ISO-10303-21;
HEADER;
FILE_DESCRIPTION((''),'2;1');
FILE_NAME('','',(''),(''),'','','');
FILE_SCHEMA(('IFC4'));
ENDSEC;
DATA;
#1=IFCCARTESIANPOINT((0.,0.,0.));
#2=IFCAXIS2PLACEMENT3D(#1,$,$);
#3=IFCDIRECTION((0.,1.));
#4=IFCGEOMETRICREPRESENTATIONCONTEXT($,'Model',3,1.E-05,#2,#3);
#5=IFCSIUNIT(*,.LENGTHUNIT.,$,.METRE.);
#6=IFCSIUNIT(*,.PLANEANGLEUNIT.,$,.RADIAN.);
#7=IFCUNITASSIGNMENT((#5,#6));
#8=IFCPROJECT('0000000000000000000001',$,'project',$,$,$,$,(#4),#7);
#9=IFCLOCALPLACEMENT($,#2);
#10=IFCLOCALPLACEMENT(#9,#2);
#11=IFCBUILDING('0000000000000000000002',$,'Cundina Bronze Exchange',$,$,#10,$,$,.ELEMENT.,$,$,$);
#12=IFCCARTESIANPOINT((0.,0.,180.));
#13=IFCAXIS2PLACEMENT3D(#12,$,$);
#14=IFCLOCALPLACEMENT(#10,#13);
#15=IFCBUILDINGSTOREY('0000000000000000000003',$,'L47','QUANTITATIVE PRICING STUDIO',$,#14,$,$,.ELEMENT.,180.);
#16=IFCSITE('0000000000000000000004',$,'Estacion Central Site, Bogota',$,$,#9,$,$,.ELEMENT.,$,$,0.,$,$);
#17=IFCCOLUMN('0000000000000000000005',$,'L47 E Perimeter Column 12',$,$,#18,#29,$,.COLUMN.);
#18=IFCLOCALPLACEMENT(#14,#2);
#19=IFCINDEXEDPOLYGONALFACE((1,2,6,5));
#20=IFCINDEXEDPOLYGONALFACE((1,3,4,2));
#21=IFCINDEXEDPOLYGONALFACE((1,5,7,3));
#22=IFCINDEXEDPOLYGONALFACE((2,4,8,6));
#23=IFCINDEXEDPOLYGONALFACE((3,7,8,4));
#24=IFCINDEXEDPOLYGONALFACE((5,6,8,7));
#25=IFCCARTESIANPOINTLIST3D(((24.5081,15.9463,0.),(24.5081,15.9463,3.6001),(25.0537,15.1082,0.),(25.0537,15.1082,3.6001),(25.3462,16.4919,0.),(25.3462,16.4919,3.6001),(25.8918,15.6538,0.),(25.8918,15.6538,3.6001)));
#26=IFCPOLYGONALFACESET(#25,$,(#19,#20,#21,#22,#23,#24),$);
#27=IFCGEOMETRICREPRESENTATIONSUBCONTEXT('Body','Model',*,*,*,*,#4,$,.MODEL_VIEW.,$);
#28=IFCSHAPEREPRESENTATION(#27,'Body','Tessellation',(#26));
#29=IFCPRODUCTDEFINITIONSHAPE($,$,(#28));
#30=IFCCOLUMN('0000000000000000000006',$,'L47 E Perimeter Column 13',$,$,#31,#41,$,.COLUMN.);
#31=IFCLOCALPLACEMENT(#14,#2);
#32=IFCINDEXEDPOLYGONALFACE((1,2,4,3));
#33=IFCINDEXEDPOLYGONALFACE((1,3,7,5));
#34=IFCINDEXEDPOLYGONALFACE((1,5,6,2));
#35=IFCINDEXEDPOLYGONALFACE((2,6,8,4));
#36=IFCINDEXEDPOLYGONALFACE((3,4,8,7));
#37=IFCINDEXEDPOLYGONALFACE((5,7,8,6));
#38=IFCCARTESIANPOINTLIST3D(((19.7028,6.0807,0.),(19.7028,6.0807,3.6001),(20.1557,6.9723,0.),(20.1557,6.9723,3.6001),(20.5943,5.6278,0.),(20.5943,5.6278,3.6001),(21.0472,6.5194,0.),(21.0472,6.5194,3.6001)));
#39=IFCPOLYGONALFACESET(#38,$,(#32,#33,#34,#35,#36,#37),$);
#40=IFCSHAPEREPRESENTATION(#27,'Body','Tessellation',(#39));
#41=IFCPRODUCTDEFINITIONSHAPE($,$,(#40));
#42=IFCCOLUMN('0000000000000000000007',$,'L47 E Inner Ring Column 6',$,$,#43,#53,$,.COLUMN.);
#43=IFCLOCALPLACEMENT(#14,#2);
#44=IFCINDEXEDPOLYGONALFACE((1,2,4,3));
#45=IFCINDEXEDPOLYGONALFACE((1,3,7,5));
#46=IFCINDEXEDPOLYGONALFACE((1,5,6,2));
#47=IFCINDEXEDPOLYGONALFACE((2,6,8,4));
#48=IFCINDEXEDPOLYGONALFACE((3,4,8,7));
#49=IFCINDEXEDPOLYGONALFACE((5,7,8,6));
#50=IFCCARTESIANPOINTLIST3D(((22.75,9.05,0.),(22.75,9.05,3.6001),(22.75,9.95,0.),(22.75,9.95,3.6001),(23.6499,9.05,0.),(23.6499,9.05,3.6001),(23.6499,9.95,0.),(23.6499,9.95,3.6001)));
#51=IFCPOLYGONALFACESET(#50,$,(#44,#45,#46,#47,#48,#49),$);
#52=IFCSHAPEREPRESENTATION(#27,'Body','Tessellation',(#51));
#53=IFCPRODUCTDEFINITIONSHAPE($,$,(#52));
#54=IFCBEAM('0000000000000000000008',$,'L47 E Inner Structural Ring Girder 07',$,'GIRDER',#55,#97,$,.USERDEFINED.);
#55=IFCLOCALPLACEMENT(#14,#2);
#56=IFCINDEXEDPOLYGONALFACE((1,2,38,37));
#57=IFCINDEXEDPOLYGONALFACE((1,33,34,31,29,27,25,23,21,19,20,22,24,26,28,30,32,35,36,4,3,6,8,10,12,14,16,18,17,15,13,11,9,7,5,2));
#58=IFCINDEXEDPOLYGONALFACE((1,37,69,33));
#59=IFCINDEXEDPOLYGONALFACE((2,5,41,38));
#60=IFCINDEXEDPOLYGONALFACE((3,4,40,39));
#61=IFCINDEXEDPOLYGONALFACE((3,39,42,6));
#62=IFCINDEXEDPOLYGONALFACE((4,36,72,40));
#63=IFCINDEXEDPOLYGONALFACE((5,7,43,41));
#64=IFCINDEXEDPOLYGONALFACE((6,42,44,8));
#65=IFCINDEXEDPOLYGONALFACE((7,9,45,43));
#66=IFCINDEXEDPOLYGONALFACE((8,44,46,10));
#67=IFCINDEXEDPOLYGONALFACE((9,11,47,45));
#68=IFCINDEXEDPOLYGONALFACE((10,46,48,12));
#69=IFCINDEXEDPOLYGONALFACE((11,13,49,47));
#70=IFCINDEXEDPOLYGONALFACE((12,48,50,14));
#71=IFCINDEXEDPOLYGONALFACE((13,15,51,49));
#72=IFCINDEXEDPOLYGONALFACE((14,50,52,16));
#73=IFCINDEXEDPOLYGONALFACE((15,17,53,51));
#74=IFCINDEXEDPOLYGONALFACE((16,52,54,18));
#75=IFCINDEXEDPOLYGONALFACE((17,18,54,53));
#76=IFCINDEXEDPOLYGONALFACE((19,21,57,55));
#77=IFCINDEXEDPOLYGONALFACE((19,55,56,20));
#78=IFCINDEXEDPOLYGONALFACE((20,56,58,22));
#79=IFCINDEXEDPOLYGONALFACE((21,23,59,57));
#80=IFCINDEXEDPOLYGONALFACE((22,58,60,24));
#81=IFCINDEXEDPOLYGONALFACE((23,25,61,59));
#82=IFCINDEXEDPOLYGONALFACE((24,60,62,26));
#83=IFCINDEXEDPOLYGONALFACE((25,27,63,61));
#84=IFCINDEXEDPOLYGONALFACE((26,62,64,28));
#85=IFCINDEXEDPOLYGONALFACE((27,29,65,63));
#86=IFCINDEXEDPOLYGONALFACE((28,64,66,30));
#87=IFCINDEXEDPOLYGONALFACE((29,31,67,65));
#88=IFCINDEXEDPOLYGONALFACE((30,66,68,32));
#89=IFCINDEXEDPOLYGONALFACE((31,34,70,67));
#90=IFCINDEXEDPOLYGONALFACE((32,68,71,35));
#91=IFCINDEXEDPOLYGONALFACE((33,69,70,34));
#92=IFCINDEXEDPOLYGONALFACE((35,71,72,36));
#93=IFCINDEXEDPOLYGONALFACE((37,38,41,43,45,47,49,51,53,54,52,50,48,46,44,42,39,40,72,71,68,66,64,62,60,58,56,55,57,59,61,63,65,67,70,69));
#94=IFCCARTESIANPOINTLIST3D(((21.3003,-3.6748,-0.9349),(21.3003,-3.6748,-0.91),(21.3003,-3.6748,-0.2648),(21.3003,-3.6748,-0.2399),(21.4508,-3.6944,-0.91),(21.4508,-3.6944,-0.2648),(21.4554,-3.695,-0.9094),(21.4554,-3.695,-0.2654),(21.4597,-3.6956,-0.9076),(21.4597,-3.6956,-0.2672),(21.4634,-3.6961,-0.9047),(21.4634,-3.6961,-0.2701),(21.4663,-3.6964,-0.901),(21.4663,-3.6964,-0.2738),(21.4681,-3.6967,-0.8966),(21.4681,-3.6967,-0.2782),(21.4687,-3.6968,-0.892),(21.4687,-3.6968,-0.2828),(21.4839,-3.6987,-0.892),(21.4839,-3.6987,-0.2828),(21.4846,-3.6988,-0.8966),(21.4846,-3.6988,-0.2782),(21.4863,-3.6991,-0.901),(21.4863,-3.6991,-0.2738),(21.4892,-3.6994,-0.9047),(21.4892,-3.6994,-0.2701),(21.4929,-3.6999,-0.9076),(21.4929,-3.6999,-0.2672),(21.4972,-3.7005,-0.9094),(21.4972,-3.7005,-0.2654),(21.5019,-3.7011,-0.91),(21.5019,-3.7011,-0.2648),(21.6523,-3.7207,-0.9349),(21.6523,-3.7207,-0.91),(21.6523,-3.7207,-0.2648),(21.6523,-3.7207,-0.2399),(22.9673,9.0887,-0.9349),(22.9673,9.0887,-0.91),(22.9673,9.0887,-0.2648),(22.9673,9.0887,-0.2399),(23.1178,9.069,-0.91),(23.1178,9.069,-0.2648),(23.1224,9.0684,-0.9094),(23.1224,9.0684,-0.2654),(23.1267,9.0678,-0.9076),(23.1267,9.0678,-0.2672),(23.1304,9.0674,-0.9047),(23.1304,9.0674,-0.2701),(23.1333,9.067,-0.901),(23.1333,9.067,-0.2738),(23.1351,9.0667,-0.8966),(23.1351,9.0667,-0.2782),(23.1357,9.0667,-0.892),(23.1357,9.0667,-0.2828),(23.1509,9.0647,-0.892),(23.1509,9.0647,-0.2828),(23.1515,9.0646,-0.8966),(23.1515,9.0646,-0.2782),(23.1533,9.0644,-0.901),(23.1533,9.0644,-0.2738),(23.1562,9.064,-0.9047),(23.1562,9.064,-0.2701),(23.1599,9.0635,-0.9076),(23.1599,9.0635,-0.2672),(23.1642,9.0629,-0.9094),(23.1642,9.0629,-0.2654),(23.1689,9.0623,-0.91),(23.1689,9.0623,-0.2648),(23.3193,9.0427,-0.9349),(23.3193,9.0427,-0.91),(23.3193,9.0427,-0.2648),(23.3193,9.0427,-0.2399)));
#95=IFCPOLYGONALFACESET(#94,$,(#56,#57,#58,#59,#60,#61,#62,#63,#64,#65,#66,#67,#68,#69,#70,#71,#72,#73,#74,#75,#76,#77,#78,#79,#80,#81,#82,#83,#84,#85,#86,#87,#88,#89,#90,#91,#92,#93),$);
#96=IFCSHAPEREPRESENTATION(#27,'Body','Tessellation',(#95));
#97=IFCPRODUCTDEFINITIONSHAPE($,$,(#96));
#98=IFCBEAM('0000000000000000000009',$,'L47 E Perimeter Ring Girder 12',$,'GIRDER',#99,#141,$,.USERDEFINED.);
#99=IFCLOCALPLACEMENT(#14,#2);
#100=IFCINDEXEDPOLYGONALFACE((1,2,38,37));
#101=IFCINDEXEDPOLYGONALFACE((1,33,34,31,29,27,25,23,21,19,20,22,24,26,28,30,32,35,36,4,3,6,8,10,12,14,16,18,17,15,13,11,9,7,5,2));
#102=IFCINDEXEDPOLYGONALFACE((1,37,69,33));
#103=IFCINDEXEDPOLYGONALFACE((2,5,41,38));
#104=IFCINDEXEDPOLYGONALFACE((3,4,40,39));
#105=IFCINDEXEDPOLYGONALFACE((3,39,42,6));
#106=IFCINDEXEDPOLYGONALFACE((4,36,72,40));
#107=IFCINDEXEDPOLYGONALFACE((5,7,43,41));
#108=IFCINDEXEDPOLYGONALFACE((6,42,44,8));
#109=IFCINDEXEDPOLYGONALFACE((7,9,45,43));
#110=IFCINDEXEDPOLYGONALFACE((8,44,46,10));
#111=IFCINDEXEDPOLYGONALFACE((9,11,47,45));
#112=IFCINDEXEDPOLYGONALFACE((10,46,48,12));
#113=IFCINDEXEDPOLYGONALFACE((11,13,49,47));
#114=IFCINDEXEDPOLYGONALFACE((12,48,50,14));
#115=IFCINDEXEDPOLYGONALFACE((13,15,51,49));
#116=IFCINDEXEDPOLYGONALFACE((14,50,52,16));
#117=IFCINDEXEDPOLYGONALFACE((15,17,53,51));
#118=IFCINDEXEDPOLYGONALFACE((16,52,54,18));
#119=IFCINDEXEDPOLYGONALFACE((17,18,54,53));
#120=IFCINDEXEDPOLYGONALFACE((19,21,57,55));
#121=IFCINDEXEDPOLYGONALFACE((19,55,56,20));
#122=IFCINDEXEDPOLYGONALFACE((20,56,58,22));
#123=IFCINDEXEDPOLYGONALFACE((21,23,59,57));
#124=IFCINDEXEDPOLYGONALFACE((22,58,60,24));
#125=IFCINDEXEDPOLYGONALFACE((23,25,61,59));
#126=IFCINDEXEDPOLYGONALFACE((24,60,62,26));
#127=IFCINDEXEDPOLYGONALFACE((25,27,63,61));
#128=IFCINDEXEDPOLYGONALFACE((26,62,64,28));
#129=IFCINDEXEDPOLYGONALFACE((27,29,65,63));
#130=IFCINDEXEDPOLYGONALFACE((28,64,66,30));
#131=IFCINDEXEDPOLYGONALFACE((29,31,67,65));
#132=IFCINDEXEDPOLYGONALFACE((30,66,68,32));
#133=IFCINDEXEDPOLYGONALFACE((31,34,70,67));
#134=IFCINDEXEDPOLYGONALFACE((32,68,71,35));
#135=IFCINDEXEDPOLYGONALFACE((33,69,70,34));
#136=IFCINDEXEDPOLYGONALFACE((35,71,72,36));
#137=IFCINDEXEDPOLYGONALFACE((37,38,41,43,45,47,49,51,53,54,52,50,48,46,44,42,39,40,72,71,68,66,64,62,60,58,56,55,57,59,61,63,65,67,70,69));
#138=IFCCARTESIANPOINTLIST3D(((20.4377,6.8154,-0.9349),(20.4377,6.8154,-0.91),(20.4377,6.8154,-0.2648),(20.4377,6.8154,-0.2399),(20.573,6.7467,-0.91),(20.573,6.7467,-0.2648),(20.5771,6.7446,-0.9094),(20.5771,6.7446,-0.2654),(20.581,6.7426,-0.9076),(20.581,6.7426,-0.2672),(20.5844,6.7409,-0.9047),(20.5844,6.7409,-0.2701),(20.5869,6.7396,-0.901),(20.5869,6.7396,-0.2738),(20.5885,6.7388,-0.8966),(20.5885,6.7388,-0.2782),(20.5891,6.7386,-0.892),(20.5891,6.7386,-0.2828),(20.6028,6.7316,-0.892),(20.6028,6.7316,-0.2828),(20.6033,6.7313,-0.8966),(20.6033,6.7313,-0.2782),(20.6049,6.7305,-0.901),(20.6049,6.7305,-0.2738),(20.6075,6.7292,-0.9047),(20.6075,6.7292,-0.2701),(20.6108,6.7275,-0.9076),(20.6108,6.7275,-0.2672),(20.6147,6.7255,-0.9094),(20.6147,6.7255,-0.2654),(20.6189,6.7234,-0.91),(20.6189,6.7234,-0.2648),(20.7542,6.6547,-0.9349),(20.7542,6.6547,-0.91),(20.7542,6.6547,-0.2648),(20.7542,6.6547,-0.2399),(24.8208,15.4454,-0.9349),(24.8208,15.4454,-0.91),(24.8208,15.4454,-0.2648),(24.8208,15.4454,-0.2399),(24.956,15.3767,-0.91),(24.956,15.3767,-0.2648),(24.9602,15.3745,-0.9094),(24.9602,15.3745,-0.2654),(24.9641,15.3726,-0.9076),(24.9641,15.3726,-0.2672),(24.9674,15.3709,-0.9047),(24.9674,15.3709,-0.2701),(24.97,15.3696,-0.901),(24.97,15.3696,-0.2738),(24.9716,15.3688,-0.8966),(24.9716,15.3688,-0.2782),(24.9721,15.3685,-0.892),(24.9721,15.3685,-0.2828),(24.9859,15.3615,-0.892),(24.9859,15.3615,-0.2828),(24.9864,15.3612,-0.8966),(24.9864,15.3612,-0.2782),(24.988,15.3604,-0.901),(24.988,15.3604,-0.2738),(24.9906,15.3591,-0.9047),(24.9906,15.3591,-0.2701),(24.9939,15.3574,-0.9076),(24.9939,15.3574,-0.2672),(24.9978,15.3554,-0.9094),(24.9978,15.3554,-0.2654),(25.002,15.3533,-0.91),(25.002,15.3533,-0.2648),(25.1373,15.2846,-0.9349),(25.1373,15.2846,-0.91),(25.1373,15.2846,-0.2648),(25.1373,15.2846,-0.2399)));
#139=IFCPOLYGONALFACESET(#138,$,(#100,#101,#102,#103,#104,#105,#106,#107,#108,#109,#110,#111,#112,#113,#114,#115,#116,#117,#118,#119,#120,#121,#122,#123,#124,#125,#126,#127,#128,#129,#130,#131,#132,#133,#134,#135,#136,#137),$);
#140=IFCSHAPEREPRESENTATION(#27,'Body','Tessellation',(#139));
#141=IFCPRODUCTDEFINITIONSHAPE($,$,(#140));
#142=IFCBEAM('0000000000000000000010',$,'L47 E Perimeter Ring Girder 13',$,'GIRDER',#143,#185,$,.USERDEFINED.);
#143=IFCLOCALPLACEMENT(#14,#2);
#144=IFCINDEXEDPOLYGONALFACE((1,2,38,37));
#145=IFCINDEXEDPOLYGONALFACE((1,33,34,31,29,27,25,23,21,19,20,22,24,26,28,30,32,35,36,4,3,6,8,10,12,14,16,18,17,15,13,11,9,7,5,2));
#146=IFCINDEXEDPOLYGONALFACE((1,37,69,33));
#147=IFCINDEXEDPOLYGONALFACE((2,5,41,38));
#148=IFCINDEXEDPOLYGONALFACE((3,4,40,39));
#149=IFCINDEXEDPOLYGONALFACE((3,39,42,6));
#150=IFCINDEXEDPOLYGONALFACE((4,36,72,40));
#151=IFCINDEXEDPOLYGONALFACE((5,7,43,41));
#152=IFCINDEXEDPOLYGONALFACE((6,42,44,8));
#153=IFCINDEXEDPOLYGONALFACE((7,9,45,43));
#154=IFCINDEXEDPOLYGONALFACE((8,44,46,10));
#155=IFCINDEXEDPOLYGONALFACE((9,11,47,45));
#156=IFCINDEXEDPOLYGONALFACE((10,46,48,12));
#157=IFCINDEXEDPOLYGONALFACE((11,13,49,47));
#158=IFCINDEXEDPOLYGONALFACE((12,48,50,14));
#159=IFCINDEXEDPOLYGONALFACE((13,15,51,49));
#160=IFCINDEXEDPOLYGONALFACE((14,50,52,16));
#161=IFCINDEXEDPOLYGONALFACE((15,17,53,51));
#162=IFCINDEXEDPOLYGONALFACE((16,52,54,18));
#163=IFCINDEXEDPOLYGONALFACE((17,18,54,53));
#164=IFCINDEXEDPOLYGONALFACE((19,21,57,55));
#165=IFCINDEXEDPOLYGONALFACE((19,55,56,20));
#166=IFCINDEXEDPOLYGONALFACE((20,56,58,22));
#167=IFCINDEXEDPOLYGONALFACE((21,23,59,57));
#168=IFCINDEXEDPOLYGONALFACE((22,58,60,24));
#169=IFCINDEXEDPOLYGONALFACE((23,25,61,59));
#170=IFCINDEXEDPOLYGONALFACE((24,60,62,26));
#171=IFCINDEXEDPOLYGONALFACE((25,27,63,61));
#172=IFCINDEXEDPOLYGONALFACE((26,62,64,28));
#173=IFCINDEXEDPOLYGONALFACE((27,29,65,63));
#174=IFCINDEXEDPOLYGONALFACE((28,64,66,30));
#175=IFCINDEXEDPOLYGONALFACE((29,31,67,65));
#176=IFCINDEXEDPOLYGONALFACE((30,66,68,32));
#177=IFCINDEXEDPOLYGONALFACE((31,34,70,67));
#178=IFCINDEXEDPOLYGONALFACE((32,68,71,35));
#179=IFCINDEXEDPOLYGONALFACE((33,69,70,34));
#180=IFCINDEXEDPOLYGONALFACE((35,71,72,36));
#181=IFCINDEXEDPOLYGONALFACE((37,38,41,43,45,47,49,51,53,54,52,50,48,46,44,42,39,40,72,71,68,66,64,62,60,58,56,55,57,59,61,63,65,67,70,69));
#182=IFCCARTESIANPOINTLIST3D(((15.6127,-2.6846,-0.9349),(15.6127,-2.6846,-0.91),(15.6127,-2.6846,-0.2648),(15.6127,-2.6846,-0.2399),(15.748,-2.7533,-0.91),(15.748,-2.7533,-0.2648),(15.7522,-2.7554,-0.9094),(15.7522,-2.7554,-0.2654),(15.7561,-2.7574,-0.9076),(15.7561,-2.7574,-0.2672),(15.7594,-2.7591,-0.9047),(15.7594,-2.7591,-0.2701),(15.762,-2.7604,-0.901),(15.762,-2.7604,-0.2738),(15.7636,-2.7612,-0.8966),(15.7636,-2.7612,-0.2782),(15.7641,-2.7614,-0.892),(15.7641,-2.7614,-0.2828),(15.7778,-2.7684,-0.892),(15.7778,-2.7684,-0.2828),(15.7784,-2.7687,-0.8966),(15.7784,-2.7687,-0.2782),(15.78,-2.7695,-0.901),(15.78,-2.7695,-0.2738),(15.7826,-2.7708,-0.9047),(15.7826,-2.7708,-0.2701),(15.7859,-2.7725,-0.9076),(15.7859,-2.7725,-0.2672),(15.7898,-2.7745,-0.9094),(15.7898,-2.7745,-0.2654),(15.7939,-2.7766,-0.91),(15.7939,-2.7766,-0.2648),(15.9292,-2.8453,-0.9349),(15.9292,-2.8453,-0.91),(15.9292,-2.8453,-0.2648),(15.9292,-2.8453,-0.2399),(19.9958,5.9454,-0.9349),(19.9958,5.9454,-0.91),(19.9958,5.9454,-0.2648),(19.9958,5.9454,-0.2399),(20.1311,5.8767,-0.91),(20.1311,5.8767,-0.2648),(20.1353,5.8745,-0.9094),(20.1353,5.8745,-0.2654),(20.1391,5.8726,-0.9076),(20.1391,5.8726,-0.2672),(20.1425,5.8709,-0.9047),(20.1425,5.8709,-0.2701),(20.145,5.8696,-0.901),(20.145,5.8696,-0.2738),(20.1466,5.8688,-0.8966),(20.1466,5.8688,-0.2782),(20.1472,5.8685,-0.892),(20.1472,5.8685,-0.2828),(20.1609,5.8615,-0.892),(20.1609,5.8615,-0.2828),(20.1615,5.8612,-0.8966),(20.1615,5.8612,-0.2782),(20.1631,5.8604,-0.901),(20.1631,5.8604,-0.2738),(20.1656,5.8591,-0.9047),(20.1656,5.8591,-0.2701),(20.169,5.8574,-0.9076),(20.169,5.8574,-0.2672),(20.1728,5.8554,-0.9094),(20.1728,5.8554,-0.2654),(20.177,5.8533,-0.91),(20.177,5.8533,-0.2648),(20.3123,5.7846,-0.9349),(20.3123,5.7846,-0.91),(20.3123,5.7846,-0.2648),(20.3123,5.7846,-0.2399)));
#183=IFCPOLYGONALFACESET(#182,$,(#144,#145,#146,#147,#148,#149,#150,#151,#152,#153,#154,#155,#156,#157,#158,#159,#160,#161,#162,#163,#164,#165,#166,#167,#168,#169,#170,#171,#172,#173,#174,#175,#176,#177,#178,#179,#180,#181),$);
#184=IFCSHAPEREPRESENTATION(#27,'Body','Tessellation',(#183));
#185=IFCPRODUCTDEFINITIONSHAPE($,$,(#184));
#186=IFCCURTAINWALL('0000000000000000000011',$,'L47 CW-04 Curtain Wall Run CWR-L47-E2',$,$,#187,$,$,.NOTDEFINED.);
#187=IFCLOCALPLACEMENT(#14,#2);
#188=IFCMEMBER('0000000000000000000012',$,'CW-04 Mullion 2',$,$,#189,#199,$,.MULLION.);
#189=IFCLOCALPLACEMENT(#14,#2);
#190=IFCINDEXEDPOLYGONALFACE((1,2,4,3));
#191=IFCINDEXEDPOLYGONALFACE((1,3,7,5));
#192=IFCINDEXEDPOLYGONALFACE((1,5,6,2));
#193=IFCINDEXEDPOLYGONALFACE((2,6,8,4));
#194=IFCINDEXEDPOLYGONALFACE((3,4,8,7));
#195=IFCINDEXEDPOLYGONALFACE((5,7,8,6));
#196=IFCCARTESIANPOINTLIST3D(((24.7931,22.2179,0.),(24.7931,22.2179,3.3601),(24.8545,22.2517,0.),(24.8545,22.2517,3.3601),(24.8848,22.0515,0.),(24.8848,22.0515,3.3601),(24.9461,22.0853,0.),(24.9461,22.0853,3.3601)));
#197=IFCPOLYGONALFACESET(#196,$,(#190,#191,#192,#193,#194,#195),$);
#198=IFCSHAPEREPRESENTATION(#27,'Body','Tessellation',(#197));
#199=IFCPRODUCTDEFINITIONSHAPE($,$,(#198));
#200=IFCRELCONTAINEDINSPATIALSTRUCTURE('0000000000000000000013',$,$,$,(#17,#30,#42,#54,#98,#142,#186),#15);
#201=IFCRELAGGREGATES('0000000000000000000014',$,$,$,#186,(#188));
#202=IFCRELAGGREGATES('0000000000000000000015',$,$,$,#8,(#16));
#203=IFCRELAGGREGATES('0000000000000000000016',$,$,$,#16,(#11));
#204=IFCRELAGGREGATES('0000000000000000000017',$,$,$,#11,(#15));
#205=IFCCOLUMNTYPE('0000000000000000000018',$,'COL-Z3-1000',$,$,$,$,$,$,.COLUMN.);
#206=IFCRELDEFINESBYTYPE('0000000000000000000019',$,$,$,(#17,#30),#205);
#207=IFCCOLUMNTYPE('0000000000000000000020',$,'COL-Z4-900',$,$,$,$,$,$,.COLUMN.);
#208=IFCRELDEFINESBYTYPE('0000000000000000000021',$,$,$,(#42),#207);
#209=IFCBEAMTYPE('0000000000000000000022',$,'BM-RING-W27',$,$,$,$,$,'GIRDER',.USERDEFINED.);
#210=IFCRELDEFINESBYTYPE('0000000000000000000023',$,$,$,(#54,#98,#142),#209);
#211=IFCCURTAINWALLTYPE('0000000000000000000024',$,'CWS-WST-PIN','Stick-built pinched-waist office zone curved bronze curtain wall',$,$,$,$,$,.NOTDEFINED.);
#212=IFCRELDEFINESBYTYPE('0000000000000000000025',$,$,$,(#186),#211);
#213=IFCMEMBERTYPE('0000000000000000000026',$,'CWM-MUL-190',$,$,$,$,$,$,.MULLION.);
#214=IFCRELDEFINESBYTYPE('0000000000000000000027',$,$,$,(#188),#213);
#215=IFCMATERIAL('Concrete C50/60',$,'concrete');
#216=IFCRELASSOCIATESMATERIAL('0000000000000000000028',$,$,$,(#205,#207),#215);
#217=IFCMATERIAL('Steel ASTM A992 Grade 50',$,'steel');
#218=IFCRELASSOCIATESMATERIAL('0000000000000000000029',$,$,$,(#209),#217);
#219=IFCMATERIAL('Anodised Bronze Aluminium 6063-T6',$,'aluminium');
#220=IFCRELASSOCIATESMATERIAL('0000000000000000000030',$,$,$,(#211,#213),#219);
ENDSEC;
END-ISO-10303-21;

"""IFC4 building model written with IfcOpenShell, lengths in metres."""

from ifc_helpers import new_model, si_unit, direction, frame, origin, origin_2d, place, context, subcontext, project, spatial, rectangle, i_section, extrude, material, material_profile, profile_set, type_object, element, aggregate, save


model = new_model("IFC4")

# Units and contexts
model_context = context("Model", 3, precision=1e-05, world=origin(), true_north=direction((0.0, 1.0)))
body_context = subcontext(model_context, "Body", "Model", "MODEL_VIEW")
ifc_project = project(units=[si_unit("LENGTHUNIT", "METRE"), si_unit("PLANEANGLEUNIT", "RADIAN")], contexts=[model_context])

# Site, building, storey
site_placement = place(None, origin())
site = spatial("IfcSite", under=ifc_project, at=site_placement, Name="Estacion Central Site, Bogota", CompositionType="ELEMENT", RefElevation=0.0)
building_placement = place(site_placement, origin())
building = spatial("IfcBuilding", under=site, at=building_placement, Name="Cundina Bronze Exchange", CompositionType="ELEMENT")
storey_placement = place(building_placement, frame((0.0, 0.0, 180.0)))
storey = spatial("IfcBuildingStorey", under=building, at=storey_placement, Name="L47", Description="QUANTITATIVE PRICING STUDIO", CompositionType="ELEMENT", Elevation=180.0)

# Columns
ifc_material_1 = material(Name="Concrete C50/60", Category="concrete")
ifc_material_profile_1 = material_profile(ifc_material_1, rectangle(XDim=1.0, YDim=1.0, at=origin_2d()), Name="RC1000X1000", Category="concrete")
ifc_profile_set_1 = profile_set([ifc_material_profile_1], Name="Concrete C50/60")
column_type_1 = type_object("IfcColumnType", Name="COL-Z3-1000", PredefinedType="COLUMN", material=ifc_profile_set_1)
for number, where, z_axis, x_axis, name in (
    (1, (25.2, 15.8, 0.0), (0.0, 0.0, 1.0), (-0.8381, -0.545517, 0.0), "L47 E Perimeter Column 12"),
    (2, (20.375, 6.3, 0.0), (0.0, 0.0, 1.0), (-0.452902, -0.891561, 0.0), "L47 E Perimeter Column 13"),
):
    element("IfcColumn", number, at=place(storey_placement, frame(where, z_axis=z_axis, x_axis=x_axis)), inside=storey, type_object=column_type_1, Name=name, PredefinedType="COLUMN", context=body_context, shape_type="SweptSolid", body=[
        extrude(rectangle(XDim=1.0, YDim=1.0, at=origin_2d()), origin(), (0.0, 0.0, 1.0), 3.6001),
    ])
ifc_material_profile_2 = material_profile(ifc_material_1, rectangle(XDim=0.8999, YDim=0.8999, at=origin_2d()), Name="RC900X900", Category="concrete")
ifc_profile_set_2 = profile_set([ifc_material_profile_2], Name="Concrete C50/60")
column_type_2 = type_object("IfcColumnType", Name="COL-Z4-900", PredefinedType="COLUMN", material=ifc_profile_set_2)
column_placement = place(storey_placement, frame((23.2, 9.5, 0.0), z_axis=(0.0, 0.0, 1.0), x_axis=(1.0, 0.0, 0.0)))
element("IfcColumn", 3, at=column_placement, inside=storey, type_object=column_type_2, Name="L47 E Inner Ring Column 6", PredefinedType="COLUMN", context=body_context, shape_type="SweptSolid", body=[
    extrude(rectangle(XDim=0.8999, YDim=0.8999, at=origin_2d()), origin(), (0.0, 0.0, 1.0), 3.6001),
])

# Beams
ifc_material_2 = material(Name="Steel ASTM A992 Grade 50", Category="steel")
ifc_material_profile_3 = material_profile(ifc_material_2, i_section(OverallWidth=0.355, OverallDepth=0.6951, WebThickness=0.0154, FlangeThickness=0.0249, FilletRadius=0.0181, at=origin_2d()), Name="W27X146", Category="steel")
ifc_profile_set_3 = profile_set([ifc_material_profile_3], Name="Steel ASTM A992 Grade 50")
beam_type = type_object("IfcBeamType", Name="BM-RING-W27", ElementType="GIRDER", PredefinedType="USERDEFINED", material=ifc_profile_set_3)
beam_placement = place(storey_placement, frame((23.1433, 9.0657, -0.5874), z_axis=(-0.129507, -0.991579, 0.0), x_axis=(0.991579, -0.129507, 0.0)))
element("IfcBeam", 4, at=beam_placement, inside=storey, type_object=beam_type, Name="L47 E Inner Structural Ring Girder 07", ObjectType="GIRDER", PredefinedType="USERDEFINED", context=body_context, shape_type="SweptSolid", body=[
    extrude(i_section(OverallWidth=0.355, OverallDepth=0.6951, WebThickness=0.0154, FlangeThickness=0.0249, FilletRadius=0.0181, at=origin_2d()), origin(), (0.0, 0.0, 1.0), 12.8718),
])
for number, where, z_axis, x_axis, name in (
    (5, (24.979, 15.365, -0.5874), (-0.452835, -0.891595, 0.0), (0.891595, -0.452835, 0.0), "L47 E Perimeter Ring Girder 12"),
    (6, (20.1541, 5.865, -0.5874), (-0.452835, -0.891595, 0.0), (0.891595, -0.452835, 0.0), "L47 E Perimeter Ring Girder 13"),
):
    element("IfcBeam", number, at=place(storey_placement, frame(where, z_axis=z_axis, x_axis=x_axis)), inside=storey, type_object=beam_type, Name=name, ObjectType="GIRDER", PredefinedType="USERDEFINED", context=body_context, shape_type="SweptSolid", body=[
        extrude(i_section(OverallWidth=0.355, OverallDepth=0.6951, WebThickness=0.0154, FlangeThickness=0.0249, FilletRadius=0.0181, at=origin_2d()), origin(), (0.0, 0.0, 1.0), 9.6792),
    ])

# Curtain wall, member
ifc_material_3 = material(Name="Anodised Bronze Aluminium 6063-T6", Category="aluminium")
curtain_wall_type = type_object("IfcCurtainWallType", Name="CWS-WST-PIN", Description="Stick-built pinched-waist office zone curved bronze curtain wall", PredefinedType="NOTDEFINED", material=ifc_material_3)
curtain_wall_placement = place(storey_placement, origin())
curtain_wall = element("IfcCurtainWall", 7, at=curtain_wall_placement, inside=storey, type_object=curtain_wall_type, Name="L47 CW-04 Curtain Wall Run CWR-L47-E2", PredefinedType="NOTDEFINED")
ifc_material_profile_4 = material_profile(ifc_material_3, rectangle(XDim=0.0701, YDim=0.1899, at=origin_2d()), Name="AL70X190", Category="aluminium")
ifc_profile_set_4 = profile_set([ifc_material_profile_4], Name="Anodised Bronze Aluminium 6063-T6")
member_type_1 = type_object("IfcMemberType", Name="CWM-MUL-190", PredefinedType="MULLION", material=ifc_profile_set_4)
member_1_placement = place(storey_placement, frame((24.8696, 22.1516, 0.0), z_axis=(0.0, 0.0, 1.0), x_axis=(-0.875886, -0.482518, 0.0)))
member_1 = element("IfcMember", 8, at=member_1_placement, type_object=member_type_1, Name="CW-04 Mullion 2", PredefinedType="MULLION", context=body_context, shape_type="SweptSolid", body=[
    extrude(rectangle(XDim=0.0701, YDim=0.1899, at=origin_2d()), origin(), (0.0, 0.0, 1.0), 3.3601),
])
aggregate(curtain_wall, [member_1])

save(model, "model.ifc")
